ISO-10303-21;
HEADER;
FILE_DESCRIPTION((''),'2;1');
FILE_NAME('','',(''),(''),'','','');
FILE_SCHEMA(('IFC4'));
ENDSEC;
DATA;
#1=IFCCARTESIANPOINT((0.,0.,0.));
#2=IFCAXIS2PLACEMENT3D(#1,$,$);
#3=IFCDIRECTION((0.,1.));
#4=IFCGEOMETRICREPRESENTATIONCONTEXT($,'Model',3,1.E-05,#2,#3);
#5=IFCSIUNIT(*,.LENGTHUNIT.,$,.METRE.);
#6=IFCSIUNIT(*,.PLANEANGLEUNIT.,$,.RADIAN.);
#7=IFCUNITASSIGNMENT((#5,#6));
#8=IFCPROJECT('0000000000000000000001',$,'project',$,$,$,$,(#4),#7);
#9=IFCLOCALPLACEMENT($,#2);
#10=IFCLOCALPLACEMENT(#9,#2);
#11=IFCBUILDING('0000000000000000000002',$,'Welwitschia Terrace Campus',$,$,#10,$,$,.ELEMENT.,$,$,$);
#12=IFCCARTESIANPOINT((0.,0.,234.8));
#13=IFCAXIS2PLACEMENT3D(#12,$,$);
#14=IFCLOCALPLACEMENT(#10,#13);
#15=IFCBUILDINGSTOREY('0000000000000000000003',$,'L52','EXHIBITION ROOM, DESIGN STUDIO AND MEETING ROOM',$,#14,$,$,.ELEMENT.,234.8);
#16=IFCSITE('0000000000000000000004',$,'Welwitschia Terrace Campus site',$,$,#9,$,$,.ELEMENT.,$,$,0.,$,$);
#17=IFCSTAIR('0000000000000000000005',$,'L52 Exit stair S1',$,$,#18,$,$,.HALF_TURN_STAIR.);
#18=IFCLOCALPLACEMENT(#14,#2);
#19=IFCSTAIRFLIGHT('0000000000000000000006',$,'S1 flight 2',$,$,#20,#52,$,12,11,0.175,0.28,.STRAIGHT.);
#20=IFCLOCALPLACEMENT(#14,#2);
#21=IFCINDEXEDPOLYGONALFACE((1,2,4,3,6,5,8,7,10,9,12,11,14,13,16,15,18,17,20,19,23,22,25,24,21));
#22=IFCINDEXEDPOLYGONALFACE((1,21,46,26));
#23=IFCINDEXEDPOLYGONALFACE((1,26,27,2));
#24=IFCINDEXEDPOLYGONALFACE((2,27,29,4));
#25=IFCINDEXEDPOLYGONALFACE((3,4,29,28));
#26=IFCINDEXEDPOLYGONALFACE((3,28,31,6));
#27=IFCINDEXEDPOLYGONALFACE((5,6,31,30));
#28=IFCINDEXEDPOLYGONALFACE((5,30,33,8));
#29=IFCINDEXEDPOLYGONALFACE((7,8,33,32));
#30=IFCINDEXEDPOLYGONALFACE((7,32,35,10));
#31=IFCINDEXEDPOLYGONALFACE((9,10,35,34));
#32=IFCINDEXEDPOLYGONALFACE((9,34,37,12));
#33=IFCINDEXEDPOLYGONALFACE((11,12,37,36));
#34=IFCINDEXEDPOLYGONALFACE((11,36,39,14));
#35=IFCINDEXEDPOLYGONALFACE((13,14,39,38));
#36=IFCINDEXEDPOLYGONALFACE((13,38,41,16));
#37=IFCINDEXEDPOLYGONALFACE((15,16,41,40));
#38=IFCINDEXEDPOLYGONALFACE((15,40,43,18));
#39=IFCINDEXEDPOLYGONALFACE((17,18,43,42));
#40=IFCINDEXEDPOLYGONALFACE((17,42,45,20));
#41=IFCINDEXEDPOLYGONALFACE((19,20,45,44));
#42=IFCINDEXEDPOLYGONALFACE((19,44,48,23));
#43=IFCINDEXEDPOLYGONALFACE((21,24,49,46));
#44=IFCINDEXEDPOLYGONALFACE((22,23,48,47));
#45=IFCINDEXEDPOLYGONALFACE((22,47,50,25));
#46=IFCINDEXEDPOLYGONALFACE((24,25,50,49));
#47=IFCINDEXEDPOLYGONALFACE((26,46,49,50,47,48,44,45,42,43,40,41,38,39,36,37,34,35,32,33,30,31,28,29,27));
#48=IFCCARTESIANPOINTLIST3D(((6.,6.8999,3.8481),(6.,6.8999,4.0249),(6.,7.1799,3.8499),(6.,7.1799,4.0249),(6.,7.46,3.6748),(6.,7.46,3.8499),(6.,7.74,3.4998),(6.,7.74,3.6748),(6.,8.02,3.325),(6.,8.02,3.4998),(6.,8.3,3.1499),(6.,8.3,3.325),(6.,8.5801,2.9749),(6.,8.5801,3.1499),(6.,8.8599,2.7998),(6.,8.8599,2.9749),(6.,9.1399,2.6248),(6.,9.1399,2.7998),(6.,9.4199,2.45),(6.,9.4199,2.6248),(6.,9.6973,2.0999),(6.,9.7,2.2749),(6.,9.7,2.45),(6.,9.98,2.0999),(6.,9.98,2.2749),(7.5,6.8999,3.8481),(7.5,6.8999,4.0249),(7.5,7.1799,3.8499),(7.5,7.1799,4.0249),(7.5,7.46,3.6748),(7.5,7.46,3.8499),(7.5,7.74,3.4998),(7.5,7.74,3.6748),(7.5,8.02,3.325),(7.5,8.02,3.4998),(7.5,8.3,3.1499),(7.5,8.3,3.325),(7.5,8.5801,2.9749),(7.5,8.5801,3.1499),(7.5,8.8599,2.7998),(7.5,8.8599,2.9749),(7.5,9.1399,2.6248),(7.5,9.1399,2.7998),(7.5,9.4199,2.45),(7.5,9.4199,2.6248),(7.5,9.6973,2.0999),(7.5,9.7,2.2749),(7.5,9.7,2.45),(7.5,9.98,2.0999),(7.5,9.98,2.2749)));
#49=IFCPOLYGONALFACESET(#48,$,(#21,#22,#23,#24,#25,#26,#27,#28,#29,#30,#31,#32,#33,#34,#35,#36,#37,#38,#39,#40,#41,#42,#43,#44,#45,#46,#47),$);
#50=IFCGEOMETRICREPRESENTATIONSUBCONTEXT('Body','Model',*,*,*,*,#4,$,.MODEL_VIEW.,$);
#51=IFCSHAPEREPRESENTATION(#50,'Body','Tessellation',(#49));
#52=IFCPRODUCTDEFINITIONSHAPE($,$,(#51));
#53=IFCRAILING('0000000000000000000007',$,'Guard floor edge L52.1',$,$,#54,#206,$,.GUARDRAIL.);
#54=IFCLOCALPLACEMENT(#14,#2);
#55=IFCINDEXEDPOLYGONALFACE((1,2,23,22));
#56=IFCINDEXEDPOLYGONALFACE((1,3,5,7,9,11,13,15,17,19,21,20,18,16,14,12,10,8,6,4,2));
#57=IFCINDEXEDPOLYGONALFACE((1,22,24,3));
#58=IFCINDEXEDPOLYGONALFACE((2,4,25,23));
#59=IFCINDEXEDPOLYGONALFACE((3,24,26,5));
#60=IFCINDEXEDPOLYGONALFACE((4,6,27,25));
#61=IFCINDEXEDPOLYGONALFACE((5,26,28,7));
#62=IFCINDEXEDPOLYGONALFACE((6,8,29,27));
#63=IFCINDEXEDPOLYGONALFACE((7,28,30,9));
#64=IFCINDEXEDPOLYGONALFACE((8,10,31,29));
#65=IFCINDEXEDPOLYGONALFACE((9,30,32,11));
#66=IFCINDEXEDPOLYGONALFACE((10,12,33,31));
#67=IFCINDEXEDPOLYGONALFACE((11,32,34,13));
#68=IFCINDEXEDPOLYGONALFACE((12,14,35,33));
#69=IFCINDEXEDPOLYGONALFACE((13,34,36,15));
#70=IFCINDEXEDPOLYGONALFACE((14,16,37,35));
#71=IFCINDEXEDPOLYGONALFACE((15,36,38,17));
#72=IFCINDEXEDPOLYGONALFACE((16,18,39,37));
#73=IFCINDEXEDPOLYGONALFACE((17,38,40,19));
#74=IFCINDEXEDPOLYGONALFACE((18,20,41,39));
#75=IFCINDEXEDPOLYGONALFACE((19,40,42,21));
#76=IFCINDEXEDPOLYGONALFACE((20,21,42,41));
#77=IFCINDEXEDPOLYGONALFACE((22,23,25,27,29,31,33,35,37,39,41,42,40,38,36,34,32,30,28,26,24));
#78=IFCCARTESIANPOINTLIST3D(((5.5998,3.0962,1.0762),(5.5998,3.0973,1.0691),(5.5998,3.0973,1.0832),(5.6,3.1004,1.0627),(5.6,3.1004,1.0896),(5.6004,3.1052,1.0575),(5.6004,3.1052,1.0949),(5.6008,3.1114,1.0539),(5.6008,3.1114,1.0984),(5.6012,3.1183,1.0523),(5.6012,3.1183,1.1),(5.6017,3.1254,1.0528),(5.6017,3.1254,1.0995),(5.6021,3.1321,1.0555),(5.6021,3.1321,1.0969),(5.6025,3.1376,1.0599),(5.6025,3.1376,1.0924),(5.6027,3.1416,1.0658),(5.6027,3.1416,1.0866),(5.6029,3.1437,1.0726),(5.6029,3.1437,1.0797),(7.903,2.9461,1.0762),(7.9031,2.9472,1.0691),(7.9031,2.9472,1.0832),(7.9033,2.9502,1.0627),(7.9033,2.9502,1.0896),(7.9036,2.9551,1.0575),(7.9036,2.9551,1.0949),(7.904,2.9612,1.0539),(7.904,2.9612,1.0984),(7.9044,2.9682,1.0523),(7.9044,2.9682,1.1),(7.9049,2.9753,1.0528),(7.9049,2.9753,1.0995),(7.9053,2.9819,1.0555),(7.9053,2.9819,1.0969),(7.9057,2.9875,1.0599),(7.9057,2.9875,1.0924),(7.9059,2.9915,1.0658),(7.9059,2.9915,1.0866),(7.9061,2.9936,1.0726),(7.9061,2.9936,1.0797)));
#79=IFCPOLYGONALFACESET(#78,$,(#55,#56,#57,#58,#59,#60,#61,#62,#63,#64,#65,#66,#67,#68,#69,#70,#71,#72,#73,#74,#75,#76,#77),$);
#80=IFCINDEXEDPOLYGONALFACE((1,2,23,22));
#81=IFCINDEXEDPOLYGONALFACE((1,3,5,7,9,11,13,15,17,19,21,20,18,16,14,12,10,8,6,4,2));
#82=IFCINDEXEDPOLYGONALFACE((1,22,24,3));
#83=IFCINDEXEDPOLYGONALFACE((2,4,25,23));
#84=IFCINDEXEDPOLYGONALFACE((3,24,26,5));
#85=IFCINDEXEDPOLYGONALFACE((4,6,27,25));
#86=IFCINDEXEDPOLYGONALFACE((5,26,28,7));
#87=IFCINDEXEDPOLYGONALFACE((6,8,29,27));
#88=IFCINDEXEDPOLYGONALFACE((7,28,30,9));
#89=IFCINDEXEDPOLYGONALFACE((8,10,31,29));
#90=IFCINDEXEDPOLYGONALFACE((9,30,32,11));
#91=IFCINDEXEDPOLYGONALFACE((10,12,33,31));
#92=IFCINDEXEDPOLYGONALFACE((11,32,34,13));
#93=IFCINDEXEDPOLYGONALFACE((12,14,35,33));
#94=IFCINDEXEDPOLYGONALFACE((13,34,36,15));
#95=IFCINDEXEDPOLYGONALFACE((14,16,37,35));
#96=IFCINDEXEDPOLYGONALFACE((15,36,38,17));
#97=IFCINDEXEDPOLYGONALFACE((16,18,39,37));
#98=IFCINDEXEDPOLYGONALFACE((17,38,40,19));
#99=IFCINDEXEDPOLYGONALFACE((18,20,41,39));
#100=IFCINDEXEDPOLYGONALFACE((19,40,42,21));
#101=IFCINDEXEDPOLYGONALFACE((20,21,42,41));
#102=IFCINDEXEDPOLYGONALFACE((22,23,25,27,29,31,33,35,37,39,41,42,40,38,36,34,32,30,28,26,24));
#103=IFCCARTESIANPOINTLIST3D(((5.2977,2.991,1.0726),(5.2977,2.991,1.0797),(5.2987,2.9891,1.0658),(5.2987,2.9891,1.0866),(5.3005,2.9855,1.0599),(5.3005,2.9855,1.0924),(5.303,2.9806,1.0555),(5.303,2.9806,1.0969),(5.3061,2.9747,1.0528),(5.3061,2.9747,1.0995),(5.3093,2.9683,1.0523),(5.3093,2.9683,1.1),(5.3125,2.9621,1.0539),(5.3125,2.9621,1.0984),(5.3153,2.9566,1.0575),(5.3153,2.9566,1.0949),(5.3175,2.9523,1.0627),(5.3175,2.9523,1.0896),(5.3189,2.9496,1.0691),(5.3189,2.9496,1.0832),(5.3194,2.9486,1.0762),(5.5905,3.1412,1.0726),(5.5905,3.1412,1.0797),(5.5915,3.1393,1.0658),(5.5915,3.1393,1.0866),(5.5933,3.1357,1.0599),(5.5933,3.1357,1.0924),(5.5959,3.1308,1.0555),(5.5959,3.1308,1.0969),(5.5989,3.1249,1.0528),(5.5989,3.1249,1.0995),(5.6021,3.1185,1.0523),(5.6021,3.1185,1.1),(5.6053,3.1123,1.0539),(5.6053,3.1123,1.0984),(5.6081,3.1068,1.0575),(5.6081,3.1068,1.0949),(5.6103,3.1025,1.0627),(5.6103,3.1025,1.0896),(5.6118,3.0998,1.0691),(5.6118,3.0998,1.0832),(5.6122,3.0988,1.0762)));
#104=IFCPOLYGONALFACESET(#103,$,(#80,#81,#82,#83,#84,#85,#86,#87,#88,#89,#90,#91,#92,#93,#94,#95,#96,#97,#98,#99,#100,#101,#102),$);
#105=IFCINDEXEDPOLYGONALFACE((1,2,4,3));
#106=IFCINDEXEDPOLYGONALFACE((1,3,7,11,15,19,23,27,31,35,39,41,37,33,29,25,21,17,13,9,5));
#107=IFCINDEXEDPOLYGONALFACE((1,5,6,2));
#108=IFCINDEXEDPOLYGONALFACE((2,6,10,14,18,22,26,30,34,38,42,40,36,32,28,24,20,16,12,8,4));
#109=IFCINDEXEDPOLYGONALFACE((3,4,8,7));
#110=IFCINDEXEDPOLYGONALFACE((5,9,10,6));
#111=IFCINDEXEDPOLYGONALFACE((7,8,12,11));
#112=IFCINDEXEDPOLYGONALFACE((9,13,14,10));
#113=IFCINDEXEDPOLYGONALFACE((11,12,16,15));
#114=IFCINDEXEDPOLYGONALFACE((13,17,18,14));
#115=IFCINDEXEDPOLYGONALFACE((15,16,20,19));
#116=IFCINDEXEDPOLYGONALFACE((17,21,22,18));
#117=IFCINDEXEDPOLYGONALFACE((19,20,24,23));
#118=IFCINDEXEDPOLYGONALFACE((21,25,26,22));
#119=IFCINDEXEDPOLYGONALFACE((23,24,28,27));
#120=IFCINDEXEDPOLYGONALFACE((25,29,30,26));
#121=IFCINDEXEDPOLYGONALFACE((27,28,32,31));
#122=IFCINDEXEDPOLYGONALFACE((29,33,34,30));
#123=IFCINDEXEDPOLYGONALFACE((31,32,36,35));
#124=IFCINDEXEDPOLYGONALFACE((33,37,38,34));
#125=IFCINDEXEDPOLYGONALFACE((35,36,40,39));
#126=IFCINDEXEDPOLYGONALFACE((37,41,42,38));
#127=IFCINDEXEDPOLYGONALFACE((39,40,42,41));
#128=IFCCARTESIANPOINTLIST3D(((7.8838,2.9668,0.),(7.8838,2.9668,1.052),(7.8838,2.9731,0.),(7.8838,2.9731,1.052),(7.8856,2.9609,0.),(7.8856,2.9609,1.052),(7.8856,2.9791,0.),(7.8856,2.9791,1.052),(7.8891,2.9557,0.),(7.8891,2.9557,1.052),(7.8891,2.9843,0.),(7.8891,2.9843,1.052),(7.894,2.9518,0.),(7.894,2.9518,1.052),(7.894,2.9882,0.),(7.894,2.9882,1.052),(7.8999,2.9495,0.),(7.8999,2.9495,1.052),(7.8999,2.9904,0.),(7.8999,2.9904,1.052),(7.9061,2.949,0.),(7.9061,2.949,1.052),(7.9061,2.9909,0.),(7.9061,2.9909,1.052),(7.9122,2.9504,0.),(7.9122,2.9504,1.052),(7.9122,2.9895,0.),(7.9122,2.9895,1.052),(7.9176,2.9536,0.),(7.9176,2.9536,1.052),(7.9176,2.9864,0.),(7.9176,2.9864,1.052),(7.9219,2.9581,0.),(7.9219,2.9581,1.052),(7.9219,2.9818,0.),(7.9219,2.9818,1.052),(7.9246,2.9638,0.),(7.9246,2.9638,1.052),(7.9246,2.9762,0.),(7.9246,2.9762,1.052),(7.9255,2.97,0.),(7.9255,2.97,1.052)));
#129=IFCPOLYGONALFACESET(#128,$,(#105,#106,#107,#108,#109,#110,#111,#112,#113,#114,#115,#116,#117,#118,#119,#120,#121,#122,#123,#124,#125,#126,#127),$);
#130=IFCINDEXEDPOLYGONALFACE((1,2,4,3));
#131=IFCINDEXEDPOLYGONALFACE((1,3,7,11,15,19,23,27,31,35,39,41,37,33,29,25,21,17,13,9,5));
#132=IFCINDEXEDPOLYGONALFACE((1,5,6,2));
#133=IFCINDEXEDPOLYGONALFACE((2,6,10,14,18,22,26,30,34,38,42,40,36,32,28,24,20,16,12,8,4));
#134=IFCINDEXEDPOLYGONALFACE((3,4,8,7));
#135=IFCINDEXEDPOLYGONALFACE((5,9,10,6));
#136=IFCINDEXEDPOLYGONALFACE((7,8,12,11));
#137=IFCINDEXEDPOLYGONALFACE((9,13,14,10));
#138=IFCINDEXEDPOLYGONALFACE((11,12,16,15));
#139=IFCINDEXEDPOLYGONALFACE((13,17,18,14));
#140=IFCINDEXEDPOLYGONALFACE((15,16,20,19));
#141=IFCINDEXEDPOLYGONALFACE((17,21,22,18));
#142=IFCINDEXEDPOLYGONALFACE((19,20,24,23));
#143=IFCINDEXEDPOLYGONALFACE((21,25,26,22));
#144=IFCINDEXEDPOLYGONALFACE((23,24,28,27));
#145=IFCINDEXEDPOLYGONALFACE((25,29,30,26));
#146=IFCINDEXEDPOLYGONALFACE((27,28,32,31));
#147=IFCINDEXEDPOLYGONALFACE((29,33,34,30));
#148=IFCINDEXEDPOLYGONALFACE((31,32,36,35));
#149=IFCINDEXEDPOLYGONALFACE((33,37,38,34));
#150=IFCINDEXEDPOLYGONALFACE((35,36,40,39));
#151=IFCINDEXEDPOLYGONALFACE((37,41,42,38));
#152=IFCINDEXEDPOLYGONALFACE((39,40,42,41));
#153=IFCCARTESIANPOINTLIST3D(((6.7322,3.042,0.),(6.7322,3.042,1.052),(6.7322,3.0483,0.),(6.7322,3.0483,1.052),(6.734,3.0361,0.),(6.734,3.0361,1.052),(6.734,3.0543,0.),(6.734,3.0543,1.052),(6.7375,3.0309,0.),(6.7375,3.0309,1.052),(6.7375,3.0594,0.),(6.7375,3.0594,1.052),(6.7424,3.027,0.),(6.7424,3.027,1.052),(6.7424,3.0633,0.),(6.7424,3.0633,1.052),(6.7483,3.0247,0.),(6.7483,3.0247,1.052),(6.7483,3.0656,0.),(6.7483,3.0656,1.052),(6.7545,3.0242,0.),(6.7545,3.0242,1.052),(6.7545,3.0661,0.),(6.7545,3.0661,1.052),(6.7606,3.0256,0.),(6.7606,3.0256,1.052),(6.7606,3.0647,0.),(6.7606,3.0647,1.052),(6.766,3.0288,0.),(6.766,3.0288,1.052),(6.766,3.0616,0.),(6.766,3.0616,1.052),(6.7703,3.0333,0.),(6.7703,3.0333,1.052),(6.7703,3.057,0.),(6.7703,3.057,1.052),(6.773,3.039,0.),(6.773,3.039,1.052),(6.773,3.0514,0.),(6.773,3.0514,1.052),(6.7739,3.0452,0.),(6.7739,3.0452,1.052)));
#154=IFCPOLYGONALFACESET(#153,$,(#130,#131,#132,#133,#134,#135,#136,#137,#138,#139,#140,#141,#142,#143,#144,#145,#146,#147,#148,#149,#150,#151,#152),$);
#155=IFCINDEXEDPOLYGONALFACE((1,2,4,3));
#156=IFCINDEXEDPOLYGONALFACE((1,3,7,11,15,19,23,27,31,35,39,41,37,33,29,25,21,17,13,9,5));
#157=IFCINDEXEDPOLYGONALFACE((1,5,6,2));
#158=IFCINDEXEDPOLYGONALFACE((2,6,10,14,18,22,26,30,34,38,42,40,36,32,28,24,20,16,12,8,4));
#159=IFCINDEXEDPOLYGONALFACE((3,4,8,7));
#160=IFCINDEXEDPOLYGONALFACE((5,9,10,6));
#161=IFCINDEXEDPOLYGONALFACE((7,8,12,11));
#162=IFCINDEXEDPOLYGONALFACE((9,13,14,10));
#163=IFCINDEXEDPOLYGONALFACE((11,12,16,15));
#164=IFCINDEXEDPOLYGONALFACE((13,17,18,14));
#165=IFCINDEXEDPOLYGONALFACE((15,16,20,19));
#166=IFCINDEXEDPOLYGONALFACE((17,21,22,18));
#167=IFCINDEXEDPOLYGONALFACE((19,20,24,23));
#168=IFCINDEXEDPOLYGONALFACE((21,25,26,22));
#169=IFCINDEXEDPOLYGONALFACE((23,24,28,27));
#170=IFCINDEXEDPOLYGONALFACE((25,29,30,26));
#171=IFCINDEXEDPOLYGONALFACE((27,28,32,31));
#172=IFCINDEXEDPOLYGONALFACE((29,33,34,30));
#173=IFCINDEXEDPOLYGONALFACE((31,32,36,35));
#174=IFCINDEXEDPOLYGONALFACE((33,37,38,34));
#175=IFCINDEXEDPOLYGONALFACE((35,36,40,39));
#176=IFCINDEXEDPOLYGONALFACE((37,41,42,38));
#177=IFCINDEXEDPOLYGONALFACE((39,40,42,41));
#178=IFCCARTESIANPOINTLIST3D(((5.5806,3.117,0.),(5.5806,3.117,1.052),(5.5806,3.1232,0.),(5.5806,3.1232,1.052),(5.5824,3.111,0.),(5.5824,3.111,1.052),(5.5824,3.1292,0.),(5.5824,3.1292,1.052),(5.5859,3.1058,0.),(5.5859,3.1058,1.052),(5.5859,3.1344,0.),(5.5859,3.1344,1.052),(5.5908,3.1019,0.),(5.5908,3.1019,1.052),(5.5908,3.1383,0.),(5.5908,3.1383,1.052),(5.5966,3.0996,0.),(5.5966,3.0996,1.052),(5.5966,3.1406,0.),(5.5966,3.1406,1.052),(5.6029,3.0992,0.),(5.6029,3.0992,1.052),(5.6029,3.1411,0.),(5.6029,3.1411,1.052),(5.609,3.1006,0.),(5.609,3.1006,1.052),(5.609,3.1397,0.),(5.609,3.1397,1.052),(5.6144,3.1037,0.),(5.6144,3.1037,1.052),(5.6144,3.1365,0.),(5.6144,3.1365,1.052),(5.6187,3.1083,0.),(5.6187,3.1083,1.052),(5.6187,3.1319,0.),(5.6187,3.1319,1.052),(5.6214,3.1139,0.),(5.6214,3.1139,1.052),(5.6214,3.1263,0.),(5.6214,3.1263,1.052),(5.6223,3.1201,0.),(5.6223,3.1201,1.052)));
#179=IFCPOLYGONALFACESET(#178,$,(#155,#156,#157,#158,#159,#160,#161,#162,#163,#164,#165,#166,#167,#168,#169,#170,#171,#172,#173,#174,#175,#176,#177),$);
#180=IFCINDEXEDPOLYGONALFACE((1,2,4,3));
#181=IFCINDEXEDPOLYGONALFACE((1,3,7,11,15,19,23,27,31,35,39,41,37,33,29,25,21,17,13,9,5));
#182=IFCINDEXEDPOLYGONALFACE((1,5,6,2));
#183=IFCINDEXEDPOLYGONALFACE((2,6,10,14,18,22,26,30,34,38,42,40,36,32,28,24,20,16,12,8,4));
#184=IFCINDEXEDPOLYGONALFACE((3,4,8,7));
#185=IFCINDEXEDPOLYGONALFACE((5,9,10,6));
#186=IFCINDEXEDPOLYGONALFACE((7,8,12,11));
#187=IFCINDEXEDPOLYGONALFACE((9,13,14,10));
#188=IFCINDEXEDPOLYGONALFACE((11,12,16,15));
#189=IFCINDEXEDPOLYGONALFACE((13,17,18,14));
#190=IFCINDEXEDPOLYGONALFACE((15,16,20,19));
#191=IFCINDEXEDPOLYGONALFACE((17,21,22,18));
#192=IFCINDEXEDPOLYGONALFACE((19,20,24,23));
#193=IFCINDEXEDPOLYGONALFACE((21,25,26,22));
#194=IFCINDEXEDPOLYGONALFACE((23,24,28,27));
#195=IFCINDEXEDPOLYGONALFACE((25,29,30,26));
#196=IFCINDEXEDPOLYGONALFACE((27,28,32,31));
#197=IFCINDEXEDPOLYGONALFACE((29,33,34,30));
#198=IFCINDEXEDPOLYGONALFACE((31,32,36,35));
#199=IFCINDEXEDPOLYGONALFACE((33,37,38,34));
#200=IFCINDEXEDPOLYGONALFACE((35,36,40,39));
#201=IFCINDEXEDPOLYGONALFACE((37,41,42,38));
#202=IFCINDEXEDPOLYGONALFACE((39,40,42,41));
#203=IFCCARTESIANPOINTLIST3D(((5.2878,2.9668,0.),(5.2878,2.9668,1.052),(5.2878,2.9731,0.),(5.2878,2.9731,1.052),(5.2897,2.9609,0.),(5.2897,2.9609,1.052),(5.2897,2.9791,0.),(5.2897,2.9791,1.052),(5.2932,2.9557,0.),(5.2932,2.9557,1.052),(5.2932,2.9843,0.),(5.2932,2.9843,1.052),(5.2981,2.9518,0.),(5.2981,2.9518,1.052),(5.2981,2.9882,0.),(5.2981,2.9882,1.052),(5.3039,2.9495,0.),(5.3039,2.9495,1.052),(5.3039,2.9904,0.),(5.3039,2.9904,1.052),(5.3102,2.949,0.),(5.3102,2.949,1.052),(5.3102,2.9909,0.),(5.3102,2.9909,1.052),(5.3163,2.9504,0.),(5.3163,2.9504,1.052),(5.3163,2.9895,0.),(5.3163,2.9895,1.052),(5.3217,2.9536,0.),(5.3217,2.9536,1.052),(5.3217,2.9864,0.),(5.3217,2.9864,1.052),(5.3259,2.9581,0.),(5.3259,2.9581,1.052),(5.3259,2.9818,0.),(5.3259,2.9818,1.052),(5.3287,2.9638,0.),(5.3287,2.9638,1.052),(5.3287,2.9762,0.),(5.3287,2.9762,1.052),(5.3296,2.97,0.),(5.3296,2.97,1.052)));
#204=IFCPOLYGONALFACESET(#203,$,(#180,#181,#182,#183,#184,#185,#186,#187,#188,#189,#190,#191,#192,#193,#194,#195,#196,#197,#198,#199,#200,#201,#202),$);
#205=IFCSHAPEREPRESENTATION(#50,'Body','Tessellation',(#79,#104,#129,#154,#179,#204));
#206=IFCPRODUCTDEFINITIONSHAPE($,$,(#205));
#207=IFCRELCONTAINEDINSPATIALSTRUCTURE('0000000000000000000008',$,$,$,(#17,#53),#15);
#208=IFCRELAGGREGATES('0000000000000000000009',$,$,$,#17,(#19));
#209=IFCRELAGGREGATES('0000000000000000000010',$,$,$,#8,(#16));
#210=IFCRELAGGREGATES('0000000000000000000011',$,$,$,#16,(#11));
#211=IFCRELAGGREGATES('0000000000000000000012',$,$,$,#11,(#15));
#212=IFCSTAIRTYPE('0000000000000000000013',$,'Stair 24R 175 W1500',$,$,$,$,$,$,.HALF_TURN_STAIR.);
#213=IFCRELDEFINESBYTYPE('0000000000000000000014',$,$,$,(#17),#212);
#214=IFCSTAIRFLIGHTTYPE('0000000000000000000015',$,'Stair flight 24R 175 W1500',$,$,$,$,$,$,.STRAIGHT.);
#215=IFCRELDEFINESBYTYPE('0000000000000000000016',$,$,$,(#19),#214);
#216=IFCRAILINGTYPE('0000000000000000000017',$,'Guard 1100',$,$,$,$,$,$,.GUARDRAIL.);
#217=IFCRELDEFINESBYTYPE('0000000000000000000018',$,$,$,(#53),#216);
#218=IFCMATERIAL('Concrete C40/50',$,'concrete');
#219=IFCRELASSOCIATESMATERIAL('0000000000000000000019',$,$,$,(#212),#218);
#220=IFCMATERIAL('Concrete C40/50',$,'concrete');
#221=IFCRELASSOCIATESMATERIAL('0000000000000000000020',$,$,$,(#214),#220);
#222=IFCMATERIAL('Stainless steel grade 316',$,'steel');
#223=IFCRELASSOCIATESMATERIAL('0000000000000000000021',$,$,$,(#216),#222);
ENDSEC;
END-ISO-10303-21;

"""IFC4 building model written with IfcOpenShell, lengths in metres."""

from ifc_helpers import new_model, si_unit, direction, frame, origin, origin_2d, place, context, subcontext, project, spatial, polyline, circle, outline, extrude, material, type_object, element, aggregate, save


model = new_model("IFC4")

# Units and contexts
model_context = context("Model", 3, precision=1e-05, world=origin(), true_north=direction((0.0, 1.0)))
body_context = subcontext(model_context, "Body", "Model", "MODEL_VIEW")
ifc_project = project(units=[si_unit("LENGTHUNIT", "METRE"), si_unit("PLANEANGLEUNIT", "RADIAN")], contexts=[model_context])

# Site, building, storey
site_placement = place(None, origin())
site = spatial("IfcSite", under=ifc_project, at=site_placement, Name="Welwitschia Terrace Campus site", CompositionType="ELEMENT", RefElevation=0.0)
building_placement = place(site_placement, origin())
building = spatial("IfcBuilding", under=site, at=building_placement, Name="Welwitschia Terrace Campus", CompositionType="ELEMENT")
storey_placement = place(building_placement, frame((0.0, 0.0, 234.8)))
storey = spatial("IfcBuildingStorey", under=building, at=storey_placement, Name="L52", Description="EXHIBITION ROOM, DESIGN STUDIO AND MEETING ROOM", CompositionType="ELEMENT", Elevation=234.8)

# Stair, stair flight
ifc_material_1 = material(Name="Concrete C40/50", Category="concrete")
stair_type = type_object("IfcStairType", Name="Stair 24R 175 W1500", PredefinedType="HALF_TURN_STAIR", material=ifc_material_1)
stair_placement = place(storey_placement, origin())
stair = element("IfcStair", 1, at=stair_placement, inside=storey, type_object=stair_type, Name="L52 Exit stair S1", PredefinedType="HALF_TURN_STAIR")
ifc_material_2 = material(Name="Concrete C40/50", Category="concrete")
stair_flight_type = type_object("IfcStairFlightType", Name="Stair flight 24R 175 W1500", PredefinedType="STRAIGHT", material=ifc_material_2)
stair_flight_1_placement = place(storey_placement, frame((6.75, 9.98, 2.0999), z_axis=(0.0, 0.0, 1.0), x_axis=(0.0, -1.0, 0.0)))
stair_flight_1 = element("IfcStairFlight", 2, at=stair_flight_1_placement, type_object=stair_flight_type, Name="S1 flight 2", NumberOfRisers=12, NumberOfTreads=11, PredefinedType="STRAIGHT", RiserHeight=0.175, TreadLength=0.28, context=body_context, shape_type="SweptSolid", body=[
    extrude(outline(polyline([(0.0, 0.0), (0.0, 0.175), (0.28, 0.175), (0.28, 0.3501), (0.5601, 0.3501), (0.5601, 0.5249), (0.8401, 0.5249), (0.8401, 0.7), (1.1201, 0.7), (1.1201, 0.875), (1.3999, 0.875), (1.3999, 1.05), (1.6799, 1.05), (1.6799, 1.2251), (1.96, 1.2251), (1.96, 1.3999), (2.24, 1.3999), (2.24, 1.575), (2.52, 1.575), (2.52, 1.75), (2.8, 1.75), (2.8, 1.925), (3.0801, 1.925), (3.0801, 2.1001), (3.0801, 1.7483), (0.2827, 0.0), (0.0, 0.0)])), frame((0.0, 0.75, 0.0), z_axis=(0.0, -1.0, 0.0), x_axis=(1.0, 0.0, 0.0)), (0.0, 0.0, 1.0), 1.5),
])
aggregate(stair, [stair_flight_1])

# Railing
ifc_material_3 = material(Name="Stainless steel grade 316", Category="steel")
railing_type_1 = type_object("IfcRailingType", Name="Guard 1100", PredefinedType="GUARDRAIL", material=ifc_material_3)
railing_1_placement = place(storey_placement, frame((7.9045, 2.97, 0.0)))
element("IfcRailing", 3, at=railing_1_placement, inside=storey, type_object=railing_type_1, Name="Guard floor edge L52.1", PredefinedType="GUARDRAIL", context=body_context, shape_type="SweptSolid", body=[
    extrude(circle(Radius=0.0239, at=origin_2d()), frame((0.0, 0.0, 1.0762), z_axis=(-0.997882, 0.065052, 0.0), x_axis=(-0.065052, -0.997882, 0.0)), (0.0, 0.0, 1.0), 2.3081),
    extrude(circle(Radius=0.0239, at=origin_2d()), frame((-2.3032, 0.1501, 1.0762), z_axis=(-0.889779, -0.456392, 0.0), x_axis=(0.456392, -0.889779, 0.0)), (0.0, 0.0, 1.0), 0.3291),
    extrude(circle(Radius=0.021, at=origin_2d()), origin(), (0.0, 0.0, 1.0), 1.052),
    extrude(circle(Radius=0.021, at=origin_2d()), frame((-1.1516, 0.0752, 0.0)), (0.0, 0.0, 1.0), 1.052),
    extrude(circle(Radius=0.021, at=origin_2d()), frame((-2.3032, 0.1501, 0.0)), (0.0, 0.0, 1.0), 1.052),
    extrude(circle(Radius=0.021, at=origin_2d()), frame((-2.5959, 0.0, 0.0)), (0.0, 0.0, 1.0), 1.052),
])

save(model, "model.ifc")
